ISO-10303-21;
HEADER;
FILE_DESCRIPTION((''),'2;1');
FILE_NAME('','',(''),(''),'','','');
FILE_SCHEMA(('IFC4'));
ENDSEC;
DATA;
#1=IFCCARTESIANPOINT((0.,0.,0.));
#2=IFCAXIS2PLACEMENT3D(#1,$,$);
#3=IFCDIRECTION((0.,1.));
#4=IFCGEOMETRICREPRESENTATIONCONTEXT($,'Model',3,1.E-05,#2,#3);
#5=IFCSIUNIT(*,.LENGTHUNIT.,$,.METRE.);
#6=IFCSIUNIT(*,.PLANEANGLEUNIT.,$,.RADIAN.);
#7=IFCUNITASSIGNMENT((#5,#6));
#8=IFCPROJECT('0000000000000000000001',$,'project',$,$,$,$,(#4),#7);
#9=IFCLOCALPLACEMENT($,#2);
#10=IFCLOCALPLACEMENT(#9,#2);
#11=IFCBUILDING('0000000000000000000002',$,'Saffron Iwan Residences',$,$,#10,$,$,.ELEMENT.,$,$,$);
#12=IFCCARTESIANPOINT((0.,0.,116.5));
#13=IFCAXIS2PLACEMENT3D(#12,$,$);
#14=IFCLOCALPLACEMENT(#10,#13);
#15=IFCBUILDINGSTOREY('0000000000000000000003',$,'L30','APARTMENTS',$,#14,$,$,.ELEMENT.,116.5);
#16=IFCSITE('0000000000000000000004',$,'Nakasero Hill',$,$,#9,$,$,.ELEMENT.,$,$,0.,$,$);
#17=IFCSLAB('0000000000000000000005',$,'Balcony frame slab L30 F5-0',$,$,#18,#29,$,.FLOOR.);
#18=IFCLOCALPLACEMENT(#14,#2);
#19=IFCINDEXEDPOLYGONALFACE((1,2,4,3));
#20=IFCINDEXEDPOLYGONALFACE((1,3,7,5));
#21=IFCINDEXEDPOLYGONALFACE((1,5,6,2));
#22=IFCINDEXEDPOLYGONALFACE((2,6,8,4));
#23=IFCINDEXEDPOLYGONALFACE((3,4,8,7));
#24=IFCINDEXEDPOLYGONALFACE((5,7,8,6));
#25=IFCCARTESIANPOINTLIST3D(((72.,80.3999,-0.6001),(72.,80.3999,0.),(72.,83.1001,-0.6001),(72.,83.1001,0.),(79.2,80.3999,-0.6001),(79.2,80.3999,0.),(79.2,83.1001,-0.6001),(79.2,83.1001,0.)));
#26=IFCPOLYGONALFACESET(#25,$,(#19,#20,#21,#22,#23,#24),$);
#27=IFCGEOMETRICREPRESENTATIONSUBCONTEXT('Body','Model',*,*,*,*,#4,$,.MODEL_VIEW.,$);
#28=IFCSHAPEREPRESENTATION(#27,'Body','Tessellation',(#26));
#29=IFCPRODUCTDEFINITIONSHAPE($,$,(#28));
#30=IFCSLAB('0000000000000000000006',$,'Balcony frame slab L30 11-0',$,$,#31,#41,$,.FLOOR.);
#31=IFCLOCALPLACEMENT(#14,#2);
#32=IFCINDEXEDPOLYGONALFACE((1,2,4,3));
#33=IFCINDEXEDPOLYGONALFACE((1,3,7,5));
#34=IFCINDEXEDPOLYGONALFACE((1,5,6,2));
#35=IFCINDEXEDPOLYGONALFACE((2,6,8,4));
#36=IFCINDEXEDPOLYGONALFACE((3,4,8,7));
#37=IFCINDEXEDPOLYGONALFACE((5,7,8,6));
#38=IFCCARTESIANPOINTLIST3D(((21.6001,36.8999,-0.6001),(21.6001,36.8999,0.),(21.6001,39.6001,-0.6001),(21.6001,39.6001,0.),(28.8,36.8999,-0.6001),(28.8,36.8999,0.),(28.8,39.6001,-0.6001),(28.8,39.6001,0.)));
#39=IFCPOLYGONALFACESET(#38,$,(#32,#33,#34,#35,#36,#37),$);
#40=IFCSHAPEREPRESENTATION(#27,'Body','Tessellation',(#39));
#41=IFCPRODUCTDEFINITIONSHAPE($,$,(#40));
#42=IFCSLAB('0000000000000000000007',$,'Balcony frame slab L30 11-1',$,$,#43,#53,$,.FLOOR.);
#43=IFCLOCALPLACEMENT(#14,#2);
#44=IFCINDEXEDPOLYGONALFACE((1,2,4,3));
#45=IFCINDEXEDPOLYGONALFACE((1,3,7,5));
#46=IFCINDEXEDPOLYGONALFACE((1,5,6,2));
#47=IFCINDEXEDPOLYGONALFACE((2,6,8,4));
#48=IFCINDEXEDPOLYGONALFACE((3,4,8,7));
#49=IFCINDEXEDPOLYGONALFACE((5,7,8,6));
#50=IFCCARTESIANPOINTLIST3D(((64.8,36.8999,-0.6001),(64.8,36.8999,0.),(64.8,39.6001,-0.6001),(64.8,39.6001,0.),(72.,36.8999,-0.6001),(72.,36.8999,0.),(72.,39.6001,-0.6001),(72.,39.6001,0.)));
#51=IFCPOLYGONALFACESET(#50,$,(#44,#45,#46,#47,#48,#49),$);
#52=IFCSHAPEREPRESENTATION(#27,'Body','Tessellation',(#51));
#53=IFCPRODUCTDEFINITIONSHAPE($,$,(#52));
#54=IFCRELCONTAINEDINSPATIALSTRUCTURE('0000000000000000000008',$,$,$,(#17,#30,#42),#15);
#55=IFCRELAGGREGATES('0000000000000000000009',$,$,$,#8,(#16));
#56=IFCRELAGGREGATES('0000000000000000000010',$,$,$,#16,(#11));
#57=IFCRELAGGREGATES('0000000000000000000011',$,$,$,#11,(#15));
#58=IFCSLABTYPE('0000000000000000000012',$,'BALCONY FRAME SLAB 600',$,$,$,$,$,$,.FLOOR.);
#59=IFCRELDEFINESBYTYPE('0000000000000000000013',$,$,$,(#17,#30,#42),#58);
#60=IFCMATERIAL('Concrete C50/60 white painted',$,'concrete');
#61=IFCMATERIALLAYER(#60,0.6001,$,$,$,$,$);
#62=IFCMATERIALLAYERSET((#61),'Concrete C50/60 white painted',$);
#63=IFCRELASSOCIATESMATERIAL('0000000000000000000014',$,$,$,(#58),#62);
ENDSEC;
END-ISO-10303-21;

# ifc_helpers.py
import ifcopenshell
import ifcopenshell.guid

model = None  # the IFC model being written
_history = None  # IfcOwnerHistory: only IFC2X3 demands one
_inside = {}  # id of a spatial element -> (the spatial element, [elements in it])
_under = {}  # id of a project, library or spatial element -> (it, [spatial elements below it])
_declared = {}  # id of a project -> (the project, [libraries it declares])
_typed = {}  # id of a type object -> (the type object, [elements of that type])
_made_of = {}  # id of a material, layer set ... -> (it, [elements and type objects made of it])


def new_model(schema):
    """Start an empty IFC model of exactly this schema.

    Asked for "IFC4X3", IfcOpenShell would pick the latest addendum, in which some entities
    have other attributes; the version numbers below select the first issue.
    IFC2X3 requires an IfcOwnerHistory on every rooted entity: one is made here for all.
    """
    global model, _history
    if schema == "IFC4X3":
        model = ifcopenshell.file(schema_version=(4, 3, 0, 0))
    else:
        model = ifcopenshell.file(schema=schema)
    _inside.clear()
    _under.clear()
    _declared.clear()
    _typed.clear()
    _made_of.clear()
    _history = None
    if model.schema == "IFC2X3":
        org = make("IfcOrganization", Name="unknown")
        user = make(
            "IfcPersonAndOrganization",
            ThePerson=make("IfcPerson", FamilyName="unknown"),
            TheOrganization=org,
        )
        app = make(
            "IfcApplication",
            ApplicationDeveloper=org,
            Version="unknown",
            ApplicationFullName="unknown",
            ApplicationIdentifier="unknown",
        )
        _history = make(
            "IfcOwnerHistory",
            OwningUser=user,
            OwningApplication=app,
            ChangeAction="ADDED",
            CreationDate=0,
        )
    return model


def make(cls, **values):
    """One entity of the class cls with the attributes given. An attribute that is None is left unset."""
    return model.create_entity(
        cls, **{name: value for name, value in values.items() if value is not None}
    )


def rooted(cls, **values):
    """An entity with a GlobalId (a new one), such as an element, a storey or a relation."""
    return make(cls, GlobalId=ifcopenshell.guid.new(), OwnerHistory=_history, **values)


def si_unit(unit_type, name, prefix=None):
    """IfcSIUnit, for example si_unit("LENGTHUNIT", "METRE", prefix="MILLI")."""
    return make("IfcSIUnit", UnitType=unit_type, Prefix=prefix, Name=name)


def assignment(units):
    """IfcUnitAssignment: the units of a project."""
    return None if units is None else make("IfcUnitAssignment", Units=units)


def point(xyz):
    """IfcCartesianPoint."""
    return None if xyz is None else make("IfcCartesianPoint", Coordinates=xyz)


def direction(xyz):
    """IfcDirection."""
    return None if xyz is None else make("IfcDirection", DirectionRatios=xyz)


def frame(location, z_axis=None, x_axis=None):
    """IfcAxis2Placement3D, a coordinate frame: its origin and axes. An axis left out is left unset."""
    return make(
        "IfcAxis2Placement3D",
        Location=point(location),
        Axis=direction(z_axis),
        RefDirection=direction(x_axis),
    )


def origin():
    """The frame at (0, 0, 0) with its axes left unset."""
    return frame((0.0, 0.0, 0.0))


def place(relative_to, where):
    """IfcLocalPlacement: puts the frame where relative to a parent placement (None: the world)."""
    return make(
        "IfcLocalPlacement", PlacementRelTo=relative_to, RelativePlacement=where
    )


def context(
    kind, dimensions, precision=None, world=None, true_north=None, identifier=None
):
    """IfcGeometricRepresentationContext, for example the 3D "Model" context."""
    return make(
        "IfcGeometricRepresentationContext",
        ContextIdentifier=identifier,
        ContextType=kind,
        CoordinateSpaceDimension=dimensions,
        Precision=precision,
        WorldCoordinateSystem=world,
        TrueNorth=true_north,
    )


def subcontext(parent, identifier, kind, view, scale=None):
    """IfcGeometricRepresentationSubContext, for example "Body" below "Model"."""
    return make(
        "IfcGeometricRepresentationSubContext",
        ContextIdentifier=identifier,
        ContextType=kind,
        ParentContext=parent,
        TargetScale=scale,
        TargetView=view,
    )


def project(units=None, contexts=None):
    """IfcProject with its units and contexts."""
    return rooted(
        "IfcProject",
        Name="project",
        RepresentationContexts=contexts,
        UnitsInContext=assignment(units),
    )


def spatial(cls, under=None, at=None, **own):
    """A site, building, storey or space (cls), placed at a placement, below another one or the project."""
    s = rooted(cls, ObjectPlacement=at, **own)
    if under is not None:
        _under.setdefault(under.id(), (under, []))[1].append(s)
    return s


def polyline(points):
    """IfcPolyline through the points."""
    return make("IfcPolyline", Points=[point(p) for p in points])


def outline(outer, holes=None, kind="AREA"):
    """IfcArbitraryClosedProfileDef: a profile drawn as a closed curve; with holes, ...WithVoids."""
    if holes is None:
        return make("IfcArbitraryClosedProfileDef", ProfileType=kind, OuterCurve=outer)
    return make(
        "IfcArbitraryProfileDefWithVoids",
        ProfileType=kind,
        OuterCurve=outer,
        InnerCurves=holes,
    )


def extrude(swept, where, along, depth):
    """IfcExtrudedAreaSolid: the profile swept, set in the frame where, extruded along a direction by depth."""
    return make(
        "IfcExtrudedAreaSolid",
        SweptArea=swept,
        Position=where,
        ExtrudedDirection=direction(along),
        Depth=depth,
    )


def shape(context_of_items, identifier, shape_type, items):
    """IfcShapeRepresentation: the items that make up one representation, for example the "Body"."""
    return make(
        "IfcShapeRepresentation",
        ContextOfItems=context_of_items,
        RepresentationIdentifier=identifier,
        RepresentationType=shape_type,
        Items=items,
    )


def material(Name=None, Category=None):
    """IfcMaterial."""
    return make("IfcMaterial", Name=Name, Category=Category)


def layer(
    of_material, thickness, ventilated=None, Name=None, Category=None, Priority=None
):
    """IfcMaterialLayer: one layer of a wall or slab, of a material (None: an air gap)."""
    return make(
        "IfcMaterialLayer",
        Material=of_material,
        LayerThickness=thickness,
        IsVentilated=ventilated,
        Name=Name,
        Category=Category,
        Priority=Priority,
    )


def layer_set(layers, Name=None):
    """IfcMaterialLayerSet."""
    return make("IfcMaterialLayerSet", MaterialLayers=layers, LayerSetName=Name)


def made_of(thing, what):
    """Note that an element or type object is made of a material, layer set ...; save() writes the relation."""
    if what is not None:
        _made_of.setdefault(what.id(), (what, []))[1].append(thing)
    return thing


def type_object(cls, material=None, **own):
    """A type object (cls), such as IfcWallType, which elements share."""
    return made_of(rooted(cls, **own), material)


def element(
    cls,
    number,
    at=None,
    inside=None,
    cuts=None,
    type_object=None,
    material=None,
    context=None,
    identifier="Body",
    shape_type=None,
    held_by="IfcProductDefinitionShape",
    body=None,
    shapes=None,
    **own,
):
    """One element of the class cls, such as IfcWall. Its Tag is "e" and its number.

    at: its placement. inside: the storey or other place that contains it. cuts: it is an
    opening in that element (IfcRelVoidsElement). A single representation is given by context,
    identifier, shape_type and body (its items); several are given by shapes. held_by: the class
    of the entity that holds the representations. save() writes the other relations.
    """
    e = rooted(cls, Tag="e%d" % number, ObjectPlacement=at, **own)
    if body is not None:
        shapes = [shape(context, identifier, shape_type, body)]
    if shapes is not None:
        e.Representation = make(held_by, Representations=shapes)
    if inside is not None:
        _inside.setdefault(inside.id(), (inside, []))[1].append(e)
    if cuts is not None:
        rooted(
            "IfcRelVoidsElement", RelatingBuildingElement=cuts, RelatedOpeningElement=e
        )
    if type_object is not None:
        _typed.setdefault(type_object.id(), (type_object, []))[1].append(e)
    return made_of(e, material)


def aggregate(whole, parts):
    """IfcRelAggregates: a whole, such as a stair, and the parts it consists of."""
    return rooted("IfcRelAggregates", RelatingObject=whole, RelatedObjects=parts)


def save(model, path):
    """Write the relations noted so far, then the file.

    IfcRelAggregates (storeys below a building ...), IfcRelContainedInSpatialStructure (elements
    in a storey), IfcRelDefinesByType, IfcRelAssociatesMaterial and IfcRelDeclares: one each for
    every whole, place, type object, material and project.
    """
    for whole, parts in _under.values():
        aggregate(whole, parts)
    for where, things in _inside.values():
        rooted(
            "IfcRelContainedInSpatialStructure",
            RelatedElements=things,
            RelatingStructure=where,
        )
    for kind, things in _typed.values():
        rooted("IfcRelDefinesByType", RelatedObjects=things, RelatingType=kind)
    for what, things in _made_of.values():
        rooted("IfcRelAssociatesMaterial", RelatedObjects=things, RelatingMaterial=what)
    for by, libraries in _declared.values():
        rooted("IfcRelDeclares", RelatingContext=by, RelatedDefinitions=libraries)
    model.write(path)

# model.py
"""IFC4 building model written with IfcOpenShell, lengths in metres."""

from ifc_helpers import new_model, si_unit, direction, frame, origin, place, context, subcontext, project, spatial, polyline, outline, extrude, material, layer, layer_set, type_object, element, save


model = new_model("IFC4")

# Units and contexts
model_context = context("Model", 3, precision=1e-05, world=origin(), true_north=direction((0.0, 1.0)))
body_context = subcontext(model_context, "Body", "Model", "MODEL_VIEW")
ifc_project = project(units=[si_unit("LENGTHUNIT", "METRE"), si_unit("PLANEANGLEUNIT", "RADIAN")], contexts=[model_context])

# Site, building, storey
site_placement = place(None, origin())
site = spatial("IfcSite", under=ifc_project, at=site_placement, Name="Nakasero Hill", CompositionType="ELEMENT", RefElevation=0.0)
building_placement = place(site_placement, origin())
building = spatial("IfcBuilding", under=site, at=building_placement, Name="Saffron Iwan Residences", CompositionType="ELEMENT")
storey_placement = place(building_placement, frame((0.0, 0.0, 116.5)))
storey = spatial("IfcBuildingStorey", under=building, at=storey_placement, Name="L30", Description="APARTMENTS", CompositionType="ELEMENT", Elevation=116.5)

# Slabs
ifc_material_1 = material(Name="Concrete C50/60 white painted", Category="concrete")
ifc_layer_1 = layer(ifc_material_1, 0.6001)
ifc_layer_set_1 = layer_set([ifc_layer_1], Name="Concrete C50/60 white painted")
slab_type_1 = type_object("IfcSlabType", Name="BALCONY FRAME SLAB 600", PredefinedType="FLOOR", material=ifc_layer_set_1)
slab_1_placement = place(storey_placement, frame((0.0, 0.0, -0.6001)))
element("IfcSlab", 1, at=slab_1_placement, inside=storey, type_object=slab_type_1, Name="Balcony frame slab L30 F5-0", PredefinedType="FLOOR", context=body_context, shape_type="SweptSolid", body=[
    extrude(outline(polyline([(79.2, 83.1001), (72.0, 83.1001), (72.0, 80.3999), (79.2, 80.3999), (79.2, 83.1001)])), origin(), (0.0, 0.0, 1.0), 0.6001),
])
slab_2_placement = place(storey_placement, frame((0.0, 0.0, -0.6001)))
element("IfcSlab", 2, at=slab_2_placement, inside=storey, type_object=slab_type_1, Name="Balcony frame slab L30 11-0", PredefinedType="FLOOR", context=body_context, shape_type="SweptSolid", body=[
    extrude(outline(polyline([(21.6001, 36.8999), (28.8, 36.8999), (28.8, 39.6001), (21.6001, 39.6001), (21.6001, 36.8999)])), origin(), (0.0, 0.0, 1.0), 0.6001),
])
slab_3_placement = place(storey_placement, frame((0.0, 0.0, -0.6001)))
element("IfcSlab", 3, at=slab_3_placement, inside=storey, type_object=slab_type_1, Name="Balcony frame slab L30 11-1", PredefinedType="FLOOR", context=body_context, shape_type="SweptSolid", body=[
    extrude(outline(polyline([(64.8, 36.8999), (72.0, 36.8999), (72.0, 39.6001), (64.8, 39.6001), (64.8, 36.8999)])), origin(), (0.0, 0.0, 1.0), 0.6001),
])

save(model, "model.ifc")
